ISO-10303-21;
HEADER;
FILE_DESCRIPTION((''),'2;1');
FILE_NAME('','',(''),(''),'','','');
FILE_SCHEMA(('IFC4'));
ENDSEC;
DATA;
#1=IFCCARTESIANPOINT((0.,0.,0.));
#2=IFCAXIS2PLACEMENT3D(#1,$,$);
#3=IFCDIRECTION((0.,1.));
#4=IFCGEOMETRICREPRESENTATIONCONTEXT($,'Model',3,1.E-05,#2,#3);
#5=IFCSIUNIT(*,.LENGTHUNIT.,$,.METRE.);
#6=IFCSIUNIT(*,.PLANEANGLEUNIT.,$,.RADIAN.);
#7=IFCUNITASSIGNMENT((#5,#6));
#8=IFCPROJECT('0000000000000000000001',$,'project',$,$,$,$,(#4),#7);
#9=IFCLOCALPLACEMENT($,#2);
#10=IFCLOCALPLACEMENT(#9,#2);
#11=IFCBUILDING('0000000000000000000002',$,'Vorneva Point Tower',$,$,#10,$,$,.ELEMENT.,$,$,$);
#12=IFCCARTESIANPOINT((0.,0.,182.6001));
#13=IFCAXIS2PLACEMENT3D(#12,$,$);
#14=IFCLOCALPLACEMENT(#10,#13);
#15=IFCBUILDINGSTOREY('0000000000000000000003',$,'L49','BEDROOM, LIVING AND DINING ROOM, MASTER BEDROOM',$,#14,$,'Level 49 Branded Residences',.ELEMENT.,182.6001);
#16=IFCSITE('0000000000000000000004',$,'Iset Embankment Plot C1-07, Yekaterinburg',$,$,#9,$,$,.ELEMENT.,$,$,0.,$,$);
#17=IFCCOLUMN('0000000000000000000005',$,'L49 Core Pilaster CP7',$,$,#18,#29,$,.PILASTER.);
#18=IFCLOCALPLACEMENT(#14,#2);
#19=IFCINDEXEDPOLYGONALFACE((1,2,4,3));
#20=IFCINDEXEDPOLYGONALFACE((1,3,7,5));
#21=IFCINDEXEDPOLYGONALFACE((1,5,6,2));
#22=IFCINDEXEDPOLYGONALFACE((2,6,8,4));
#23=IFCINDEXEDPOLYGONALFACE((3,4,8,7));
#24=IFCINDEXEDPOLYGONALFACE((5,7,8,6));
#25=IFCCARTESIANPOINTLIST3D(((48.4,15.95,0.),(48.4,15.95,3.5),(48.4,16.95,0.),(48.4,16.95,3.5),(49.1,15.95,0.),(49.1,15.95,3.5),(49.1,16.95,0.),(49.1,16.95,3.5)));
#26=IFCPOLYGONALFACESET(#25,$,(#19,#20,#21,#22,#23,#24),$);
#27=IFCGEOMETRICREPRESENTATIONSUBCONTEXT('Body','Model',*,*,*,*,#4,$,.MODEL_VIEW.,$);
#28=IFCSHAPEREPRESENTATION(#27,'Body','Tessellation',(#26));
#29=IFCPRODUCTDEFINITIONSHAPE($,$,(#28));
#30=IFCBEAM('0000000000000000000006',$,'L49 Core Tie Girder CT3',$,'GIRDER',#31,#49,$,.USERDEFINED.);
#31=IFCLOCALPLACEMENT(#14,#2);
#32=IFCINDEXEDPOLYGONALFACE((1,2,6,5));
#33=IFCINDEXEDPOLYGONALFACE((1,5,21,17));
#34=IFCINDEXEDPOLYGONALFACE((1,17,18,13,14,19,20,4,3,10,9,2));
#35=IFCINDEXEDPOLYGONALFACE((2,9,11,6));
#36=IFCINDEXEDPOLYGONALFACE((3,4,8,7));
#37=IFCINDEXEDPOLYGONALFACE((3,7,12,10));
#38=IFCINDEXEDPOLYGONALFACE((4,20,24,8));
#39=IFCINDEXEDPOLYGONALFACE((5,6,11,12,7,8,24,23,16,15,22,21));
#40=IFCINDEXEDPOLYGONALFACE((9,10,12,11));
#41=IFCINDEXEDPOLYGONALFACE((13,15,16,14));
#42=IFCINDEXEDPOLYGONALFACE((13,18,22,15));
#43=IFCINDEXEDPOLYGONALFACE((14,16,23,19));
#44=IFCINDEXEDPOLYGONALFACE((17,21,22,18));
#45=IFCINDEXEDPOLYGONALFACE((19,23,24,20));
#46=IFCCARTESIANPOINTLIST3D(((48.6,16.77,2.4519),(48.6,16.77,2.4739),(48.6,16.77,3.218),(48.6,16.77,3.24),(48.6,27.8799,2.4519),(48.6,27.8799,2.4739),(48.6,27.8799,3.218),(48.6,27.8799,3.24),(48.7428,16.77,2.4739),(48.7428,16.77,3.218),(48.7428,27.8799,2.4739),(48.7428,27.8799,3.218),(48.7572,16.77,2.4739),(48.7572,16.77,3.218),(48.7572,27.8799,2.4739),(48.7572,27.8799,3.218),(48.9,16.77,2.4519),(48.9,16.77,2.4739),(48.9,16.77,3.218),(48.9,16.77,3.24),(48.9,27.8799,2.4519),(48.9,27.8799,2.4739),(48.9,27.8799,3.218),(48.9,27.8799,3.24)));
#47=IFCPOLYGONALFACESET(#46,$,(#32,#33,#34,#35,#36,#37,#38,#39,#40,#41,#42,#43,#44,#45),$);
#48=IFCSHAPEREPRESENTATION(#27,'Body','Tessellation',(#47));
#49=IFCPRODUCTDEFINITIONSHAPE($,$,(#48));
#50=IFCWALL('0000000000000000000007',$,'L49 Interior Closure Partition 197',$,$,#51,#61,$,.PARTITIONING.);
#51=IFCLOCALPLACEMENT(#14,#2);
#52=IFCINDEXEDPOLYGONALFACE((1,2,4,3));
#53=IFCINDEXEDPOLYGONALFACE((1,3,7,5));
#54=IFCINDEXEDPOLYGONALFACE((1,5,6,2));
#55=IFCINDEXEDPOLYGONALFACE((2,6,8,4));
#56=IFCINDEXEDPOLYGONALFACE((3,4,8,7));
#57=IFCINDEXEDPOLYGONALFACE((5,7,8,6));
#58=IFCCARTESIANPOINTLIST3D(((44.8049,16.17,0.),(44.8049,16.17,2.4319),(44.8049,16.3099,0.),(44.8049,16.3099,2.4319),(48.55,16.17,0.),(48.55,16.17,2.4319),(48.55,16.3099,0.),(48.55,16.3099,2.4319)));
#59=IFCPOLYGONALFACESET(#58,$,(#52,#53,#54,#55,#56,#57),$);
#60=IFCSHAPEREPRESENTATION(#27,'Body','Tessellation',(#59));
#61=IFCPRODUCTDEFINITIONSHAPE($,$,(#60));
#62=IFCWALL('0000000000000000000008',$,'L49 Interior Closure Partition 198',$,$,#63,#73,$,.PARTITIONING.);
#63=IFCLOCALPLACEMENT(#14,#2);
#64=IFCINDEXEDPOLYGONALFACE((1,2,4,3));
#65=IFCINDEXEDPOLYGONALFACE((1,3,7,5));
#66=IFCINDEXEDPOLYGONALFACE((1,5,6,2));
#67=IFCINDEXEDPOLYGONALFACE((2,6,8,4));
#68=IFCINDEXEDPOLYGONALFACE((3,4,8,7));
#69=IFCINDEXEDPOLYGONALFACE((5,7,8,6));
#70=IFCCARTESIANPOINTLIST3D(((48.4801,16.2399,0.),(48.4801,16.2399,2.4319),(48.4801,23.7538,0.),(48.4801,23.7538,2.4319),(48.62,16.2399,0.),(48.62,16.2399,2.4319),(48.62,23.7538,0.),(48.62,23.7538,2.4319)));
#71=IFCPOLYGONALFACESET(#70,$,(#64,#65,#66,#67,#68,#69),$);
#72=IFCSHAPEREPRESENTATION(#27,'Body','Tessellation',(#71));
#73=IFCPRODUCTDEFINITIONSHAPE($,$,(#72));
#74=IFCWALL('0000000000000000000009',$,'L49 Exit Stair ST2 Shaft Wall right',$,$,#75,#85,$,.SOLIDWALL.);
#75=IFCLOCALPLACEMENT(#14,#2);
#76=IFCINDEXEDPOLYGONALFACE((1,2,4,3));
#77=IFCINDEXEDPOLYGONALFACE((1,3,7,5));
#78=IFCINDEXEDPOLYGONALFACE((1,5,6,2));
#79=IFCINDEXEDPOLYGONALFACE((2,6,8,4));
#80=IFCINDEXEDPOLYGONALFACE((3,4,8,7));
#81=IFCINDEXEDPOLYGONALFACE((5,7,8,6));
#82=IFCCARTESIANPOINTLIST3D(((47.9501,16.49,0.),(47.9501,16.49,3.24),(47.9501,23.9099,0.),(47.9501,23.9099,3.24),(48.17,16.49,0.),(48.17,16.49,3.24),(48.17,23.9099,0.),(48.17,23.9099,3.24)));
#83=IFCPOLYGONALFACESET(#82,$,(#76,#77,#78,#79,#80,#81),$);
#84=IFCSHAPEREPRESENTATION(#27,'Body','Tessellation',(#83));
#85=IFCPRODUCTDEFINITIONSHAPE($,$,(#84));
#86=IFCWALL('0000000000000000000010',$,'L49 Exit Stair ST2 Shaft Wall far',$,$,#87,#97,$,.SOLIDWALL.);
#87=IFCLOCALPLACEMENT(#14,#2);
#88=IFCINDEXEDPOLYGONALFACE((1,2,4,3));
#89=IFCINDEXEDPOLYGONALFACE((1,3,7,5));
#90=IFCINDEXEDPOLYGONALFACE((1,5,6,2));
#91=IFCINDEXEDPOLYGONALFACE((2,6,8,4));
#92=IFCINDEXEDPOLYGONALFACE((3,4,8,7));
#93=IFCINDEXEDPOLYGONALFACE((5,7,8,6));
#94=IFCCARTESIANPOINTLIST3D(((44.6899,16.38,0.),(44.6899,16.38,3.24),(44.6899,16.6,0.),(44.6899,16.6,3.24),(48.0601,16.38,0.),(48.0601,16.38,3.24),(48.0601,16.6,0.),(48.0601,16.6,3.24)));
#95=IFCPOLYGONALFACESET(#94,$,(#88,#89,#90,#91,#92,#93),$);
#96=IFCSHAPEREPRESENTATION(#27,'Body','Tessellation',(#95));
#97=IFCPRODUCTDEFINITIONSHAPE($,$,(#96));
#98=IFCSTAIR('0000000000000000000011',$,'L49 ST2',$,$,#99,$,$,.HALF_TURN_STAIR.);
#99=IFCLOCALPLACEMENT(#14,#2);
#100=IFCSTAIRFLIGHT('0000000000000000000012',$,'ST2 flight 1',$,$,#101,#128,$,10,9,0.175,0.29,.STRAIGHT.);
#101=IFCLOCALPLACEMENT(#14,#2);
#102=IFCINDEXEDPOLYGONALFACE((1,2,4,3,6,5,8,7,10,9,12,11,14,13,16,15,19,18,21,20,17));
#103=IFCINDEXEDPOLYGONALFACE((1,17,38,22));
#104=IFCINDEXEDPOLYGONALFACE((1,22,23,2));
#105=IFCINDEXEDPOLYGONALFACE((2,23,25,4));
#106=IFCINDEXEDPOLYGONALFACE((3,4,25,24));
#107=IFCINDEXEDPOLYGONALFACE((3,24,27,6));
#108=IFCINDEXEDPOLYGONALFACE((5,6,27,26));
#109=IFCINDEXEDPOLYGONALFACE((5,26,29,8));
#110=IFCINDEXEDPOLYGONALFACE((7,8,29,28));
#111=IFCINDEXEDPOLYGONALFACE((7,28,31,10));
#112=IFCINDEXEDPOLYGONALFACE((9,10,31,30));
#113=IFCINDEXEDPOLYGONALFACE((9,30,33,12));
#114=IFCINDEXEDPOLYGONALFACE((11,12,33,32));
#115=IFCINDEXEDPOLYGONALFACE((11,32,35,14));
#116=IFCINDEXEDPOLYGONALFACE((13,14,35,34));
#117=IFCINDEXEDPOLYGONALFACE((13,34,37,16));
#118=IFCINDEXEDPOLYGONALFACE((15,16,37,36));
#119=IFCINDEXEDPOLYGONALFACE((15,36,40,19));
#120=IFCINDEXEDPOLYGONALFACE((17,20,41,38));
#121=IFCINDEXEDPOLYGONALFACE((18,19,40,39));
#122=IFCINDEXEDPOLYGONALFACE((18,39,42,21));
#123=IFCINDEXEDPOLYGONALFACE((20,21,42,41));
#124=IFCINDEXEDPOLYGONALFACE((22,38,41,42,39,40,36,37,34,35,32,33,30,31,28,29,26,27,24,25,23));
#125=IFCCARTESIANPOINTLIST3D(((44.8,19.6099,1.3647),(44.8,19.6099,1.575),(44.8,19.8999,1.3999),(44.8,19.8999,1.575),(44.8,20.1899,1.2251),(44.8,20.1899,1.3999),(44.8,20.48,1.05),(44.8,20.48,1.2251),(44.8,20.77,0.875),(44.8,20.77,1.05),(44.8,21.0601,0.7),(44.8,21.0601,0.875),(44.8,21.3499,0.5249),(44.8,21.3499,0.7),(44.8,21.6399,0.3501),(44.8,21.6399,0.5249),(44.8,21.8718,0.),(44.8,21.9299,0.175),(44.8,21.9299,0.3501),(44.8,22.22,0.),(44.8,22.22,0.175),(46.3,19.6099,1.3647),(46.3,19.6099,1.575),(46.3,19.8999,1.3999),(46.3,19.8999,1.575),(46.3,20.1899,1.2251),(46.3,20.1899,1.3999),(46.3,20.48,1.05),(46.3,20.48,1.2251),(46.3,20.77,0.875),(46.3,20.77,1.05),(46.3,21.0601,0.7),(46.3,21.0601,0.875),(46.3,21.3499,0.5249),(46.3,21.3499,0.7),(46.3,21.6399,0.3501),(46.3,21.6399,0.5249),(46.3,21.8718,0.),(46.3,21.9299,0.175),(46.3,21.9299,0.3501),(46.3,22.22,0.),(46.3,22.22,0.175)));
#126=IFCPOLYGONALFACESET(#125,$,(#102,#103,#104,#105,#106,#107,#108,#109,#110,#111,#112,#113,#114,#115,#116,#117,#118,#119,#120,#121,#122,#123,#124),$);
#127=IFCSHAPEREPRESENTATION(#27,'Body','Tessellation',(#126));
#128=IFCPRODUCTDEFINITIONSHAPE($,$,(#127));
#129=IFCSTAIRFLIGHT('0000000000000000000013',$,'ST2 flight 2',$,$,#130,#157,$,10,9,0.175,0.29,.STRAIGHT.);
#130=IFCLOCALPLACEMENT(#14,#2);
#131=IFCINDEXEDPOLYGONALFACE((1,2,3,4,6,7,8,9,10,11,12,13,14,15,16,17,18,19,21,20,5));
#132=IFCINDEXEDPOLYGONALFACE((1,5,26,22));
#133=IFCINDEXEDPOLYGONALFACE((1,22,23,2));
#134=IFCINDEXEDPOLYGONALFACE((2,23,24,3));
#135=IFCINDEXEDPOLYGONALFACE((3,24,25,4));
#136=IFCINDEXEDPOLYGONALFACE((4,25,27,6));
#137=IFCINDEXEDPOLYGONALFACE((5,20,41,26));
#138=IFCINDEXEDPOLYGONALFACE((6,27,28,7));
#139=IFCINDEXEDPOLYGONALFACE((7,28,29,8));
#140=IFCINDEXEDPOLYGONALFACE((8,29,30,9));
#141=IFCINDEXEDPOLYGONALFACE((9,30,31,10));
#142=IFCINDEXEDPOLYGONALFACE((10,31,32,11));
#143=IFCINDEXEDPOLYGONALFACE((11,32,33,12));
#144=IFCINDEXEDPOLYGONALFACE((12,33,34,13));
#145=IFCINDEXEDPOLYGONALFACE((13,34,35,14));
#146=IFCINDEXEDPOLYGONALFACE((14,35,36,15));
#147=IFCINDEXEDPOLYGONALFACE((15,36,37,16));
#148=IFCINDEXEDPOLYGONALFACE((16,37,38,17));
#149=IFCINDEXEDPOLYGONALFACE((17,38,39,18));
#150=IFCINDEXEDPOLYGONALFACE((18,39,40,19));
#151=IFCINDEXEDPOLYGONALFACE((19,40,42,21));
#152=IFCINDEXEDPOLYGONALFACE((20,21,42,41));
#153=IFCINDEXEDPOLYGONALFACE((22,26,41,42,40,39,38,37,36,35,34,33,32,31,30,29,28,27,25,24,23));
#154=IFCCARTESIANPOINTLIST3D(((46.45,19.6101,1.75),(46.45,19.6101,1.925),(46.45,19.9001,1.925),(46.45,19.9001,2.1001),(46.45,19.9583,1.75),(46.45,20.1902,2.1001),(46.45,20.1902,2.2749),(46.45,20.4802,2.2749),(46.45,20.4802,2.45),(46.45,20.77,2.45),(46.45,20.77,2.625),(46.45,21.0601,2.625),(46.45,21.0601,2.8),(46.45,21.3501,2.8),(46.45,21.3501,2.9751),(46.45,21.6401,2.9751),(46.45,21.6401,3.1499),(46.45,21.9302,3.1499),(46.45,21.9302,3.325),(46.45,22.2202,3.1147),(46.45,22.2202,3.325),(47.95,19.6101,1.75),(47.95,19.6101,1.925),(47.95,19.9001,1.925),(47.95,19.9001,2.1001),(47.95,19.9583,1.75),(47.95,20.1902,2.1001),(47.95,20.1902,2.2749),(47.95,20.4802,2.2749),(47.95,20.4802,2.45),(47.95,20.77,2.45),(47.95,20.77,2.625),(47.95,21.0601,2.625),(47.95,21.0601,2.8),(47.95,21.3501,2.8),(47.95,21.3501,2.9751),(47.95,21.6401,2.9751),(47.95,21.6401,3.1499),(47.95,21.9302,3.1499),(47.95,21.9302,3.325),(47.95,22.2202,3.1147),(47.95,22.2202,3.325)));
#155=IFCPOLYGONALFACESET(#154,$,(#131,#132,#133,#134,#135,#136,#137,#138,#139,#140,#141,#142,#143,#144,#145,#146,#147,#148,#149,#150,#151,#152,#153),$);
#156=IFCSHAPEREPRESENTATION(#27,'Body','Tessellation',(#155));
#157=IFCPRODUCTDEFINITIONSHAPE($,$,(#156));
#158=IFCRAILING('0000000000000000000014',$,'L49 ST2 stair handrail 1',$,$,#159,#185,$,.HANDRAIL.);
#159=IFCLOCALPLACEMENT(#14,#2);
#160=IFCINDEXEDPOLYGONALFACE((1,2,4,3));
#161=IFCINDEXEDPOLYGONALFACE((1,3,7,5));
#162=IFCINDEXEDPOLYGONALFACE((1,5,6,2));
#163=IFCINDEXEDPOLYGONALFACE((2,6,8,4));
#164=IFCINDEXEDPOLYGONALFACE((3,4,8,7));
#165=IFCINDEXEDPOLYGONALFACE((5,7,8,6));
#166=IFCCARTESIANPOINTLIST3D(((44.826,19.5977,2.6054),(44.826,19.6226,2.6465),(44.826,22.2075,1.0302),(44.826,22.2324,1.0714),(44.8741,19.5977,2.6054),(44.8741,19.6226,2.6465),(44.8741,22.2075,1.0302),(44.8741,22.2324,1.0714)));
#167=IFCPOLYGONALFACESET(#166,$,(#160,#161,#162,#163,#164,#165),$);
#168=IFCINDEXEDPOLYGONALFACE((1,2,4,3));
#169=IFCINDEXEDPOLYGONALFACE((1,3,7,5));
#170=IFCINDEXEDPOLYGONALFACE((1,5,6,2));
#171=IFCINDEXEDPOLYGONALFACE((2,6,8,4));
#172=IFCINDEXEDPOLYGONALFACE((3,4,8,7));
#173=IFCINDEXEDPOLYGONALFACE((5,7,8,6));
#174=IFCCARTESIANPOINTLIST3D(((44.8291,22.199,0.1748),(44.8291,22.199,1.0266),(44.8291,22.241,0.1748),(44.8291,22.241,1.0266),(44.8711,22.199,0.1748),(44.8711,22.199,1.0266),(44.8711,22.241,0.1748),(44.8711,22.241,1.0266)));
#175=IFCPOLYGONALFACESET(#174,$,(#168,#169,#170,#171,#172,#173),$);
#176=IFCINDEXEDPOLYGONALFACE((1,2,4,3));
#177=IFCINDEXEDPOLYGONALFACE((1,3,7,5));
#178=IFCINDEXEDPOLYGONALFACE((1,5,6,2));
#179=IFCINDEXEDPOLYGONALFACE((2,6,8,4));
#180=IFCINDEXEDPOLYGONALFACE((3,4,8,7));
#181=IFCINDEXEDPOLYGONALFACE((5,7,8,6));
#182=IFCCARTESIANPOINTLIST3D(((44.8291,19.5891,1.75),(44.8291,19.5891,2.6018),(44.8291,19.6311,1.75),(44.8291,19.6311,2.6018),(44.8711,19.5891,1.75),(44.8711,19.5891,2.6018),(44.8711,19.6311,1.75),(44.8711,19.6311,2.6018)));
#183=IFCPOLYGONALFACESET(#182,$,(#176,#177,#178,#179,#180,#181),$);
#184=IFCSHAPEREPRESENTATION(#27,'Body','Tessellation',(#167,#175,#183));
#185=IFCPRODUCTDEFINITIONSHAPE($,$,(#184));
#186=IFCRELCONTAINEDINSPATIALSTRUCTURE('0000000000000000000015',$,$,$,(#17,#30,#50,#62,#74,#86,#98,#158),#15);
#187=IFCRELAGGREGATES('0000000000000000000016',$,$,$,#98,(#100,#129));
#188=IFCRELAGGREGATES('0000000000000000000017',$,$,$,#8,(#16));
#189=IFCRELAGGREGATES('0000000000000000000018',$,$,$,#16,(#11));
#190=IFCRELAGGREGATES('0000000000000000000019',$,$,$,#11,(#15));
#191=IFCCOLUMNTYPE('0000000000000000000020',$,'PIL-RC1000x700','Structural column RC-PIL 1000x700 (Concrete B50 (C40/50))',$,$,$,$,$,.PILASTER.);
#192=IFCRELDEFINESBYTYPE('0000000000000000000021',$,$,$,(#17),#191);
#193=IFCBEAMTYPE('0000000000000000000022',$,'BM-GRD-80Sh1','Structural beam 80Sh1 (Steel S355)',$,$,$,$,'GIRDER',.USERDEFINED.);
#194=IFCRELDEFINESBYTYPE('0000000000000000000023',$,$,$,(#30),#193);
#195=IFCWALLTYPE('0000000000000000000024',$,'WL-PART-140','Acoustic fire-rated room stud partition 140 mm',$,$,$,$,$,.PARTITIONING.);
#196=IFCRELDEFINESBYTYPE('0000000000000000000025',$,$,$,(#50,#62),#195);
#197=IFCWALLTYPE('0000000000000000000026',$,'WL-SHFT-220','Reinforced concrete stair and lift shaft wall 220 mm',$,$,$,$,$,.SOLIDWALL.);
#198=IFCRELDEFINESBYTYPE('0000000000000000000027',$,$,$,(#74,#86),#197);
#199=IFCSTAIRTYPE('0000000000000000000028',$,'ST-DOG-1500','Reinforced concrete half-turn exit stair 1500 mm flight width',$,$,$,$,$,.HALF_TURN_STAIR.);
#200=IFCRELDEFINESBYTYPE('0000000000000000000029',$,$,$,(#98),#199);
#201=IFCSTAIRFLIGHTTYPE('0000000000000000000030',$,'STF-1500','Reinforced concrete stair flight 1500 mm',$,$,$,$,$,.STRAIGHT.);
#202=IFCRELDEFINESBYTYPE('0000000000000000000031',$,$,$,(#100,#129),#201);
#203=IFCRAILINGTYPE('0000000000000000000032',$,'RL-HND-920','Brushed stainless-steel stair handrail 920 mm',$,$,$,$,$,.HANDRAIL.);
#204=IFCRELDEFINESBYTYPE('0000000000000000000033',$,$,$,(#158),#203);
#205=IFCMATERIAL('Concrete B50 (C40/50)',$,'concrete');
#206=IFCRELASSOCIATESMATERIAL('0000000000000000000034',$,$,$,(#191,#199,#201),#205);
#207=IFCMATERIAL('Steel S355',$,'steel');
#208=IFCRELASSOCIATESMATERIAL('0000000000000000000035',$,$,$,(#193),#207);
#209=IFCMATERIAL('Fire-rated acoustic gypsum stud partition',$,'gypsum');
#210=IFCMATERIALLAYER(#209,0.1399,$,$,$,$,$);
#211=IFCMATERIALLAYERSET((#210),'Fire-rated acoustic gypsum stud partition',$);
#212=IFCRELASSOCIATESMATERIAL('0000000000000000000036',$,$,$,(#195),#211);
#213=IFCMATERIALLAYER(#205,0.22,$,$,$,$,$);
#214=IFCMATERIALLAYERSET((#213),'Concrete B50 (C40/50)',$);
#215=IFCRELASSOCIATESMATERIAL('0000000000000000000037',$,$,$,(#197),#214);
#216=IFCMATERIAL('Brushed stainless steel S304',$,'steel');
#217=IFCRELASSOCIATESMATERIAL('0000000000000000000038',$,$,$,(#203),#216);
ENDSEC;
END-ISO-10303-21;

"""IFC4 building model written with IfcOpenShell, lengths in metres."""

from ifc_helpers import new_model, si_unit, direction, frame, frame_2d, origin, origin_2d, place, context, subcontext, project, spatial, polyline, rectangle, i_section, outline, extrude, material, layer, layer_set, material_profile, profile_set, type_object, element, aggregate, save


model = new_model("IFC4")

# Units and contexts
model_context = context("Model", 3, precision=1e-05, world=origin(), true_north=direction((0.0, 1.0)))
body_context = subcontext(model_context, "Body", "Model", "MODEL_VIEW")
ifc_project = project(units=[si_unit("LENGTHUNIT", "METRE"), si_unit("PLANEANGLEUNIT", "RADIAN")], contexts=[model_context])

# Site, building, storey
site_placement = place(None, origin())
site = spatial("IfcSite", under=ifc_project, at=site_placement, Name="Iset Embankment Plot C1-07, Yekaterinburg", CompositionType="ELEMENT", RefElevation=0.0)
building_placement = place(site_placement, origin())
building = spatial("IfcBuilding", under=site, at=building_placement, Name="Vorneva Point Tower", CompositionType="ELEMENT")
storey_placement = place(building_placement, frame((0.0, 0.0, 182.6001)))
storey = spatial("IfcBuildingStorey", under=building, at=storey_placement, Name="L49", Description="BEDROOM, LIVING AND DINING ROOM, MASTER BEDROOM", LongName="Level 49 Branded Residences", CompositionType="ELEMENT", Elevation=182.6001)

# Column
ifc_material_1 = material(Name="Concrete B50 (C40/50)", Category="concrete")
ifc_material_profile_1 = material_profile(ifc_material_1, rectangle(XDim=0.7, YDim=1.0, at=origin_2d()), Name="RC-PIL 1000x700")
ifc_profile_set_1 = profile_set([ifc_material_profile_1], Name="Concrete B50 (C40/50)")
column_type = type_object("IfcColumnType", Name="PIL-RC1000x700", Description="Structural column RC-PIL 1000x700 (Concrete B50 (C40/50))", PredefinedType="PILASTER", material=ifc_profile_set_1)
column_placement = place(storey_placement, frame((48.75, 16.45, 0.0), z_axis=(0.0, 0.0, 1.0), x_axis=(1.0, 0.0, 0.0)))
element("IfcColumn", 1, at=column_placement, inside=storey, type_object=column_type, Name="L49 Core Pilaster CP7", PredefinedType="PILASTER", context=body_context, shape_type="SweptSolid", body=[
    extrude(rectangle(XDim=0.7, YDim=1.0, at=origin_2d()), origin(), (0.0, 0.0, 1.0), 3.5),
])

# Beam
ifc_material_2 = material(Name="Steel S355", Category="steel")
ifc_material_profile_2 = material_profile(ifc_material_2, i_section(OverallWidth=0.3, OverallDepth=0.7881, WebThickness=0.0144, FlangeThickness=0.022, at=origin_2d()), Name="80Sh1")
ifc_profile_set_2 = profile_set([ifc_material_profile_2], Name="Steel S355")
beam_type = type_object("IfcBeamType", Name="BM-GRD-80Sh1", Description="Structural beam 80Sh1 (Steel S355)", ElementType="GIRDER", PredefinedType="USERDEFINED", material=ifc_profile_set_2)
beam_placement = place(storey_placement, frame((48.75, 16.77, 2.8459), z_axis=(0.0, 1.0, 0.0), x_axis=(-1.0, 0.0, 0.0)))
element("IfcBeam", 2, at=beam_placement, inside=storey, type_object=beam_type, Name="L49 Core Tie Girder CT3", ObjectType="GIRDER", PredefinedType="USERDEFINED", context=body_context, shape_type="SweptSolid", body=[
    extrude(i_section(OverallWidth=0.3, OverallDepth=0.7881, WebThickness=0.0144, FlangeThickness=0.022, at=origin_2d()), origin(), (0.0, 0.0, 1.0), 11.1099),
])

# Walls
ifc_material_3 = material(Name="Fire-rated acoustic gypsum stud partition", Category="gypsum")
ifc_layer_1 = layer(ifc_material_3, 0.1399)
ifc_layer_set_1 = layer_set([ifc_layer_1], Name="Fire-rated acoustic gypsum stud partition")
wall_type_1 = type_object("IfcWallType", Name="WL-PART-140", Description="Acoustic fire-rated room stud partition 140 mm", PredefinedType="PARTITIONING", material=ifc_layer_set_1)
wall_1_placement = place(storey_placement, frame((44.8049, 16.24, 0.0), z_axis=(0.0, 0.0, 1.0), x_axis=(1.0, 0.0, 0.0)))
element("IfcWall", 3, at=wall_1_placement, inside=storey, type_object=wall_type_1, Name="L49 Interior Closure Partition 197", PredefinedType="PARTITIONING", context=body_context, shape_type="SweptSolid", body=[
    extrude(rectangle(XDim=3.7451, YDim=0.1399, at=frame_2d((1.8726, 0.0))), origin(), (0.0, 0.0, 1.0), 2.4319),
])
wall_2_placement = place(storey_placement, frame((48.55, 16.24, 0.0), z_axis=(0.0, 0.0, 1.0), x_axis=(0.0, 1.0, 0.0)))
element("IfcWall", 4, at=wall_2_placement, inside=storey, type_object=wall_type_1, Name="L49 Interior Closure Partition 198", PredefinedType="PARTITIONING", context=body_context, shape_type="SweptSolid", body=[
    extrude(rectangle(XDim=7.5139, YDim=0.1399, at=frame_2d((3.7568, 0.0))), origin(), (0.0, 0.0, 1.0), 2.4319),
])

# Walls
ifc_layer_2 = layer(ifc_material_1, 0.22)
ifc_layer_set_2 = layer_set([ifc_layer_2], Name="Concrete B50 (C40/50)")
wall_type_2 = type_object("IfcWallType", Name="WL-SHFT-220", Description="Reinforced concrete stair and lift shaft wall 220 mm", PredefinedType="SOLIDWALL", material=ifc_layer_set_2)
wall_3_placement = place(storey_placement, frame((48.0601, 23.9099, 0.0), z_axis=(0.0, 0.0, 1.0), x_axis=(0.0, -1.0, 0.0)))
element("IfcWall", 5, at=wall_3_placement, inside=storey, type_object=wall_type_2, Name="L49 Exit Stair ST2 Shaft Wall right", PredefinedType="SOLIDWALL", context=body_context, shape_type="SweptSolid", body=[
    extrude(rectangle(XDim=7.4199, YDim=0.22, at=frame_2d((3.71, 0.0))), origin(), (0.0, 0.0, 1.0), 3.24),
])
wall_4_placement = place(storey_placement, frame((48.0601, 16.49, 0.0), z_axis=(0.0, 0.0, 1.0), x_axis=(-1.0, 0.0, 0.0)))
element("IfcWall", 6, at=wall_4_placement, inside=storey, type_object=wall_type_2, Name="L49 Exit Stair ST2 Shaft Wall far", PredefinedType="SOLIDWALL", context=body_context, shape_type="SweptSolid", body=[
    extrude(rectangle(XDim=3.3701, YDim=0.22, at=frame_2d((1.6851, 0.0))), origin(), (0.0, 0.0, 1.0), 3.24),
])

# Stair, stair flights
stair_type = type_object("IfcStairType", Name="ST-DOG-1500", Description="Reinforced concrete half-turn exit stair 1500 mm flight width", PredefinedType="HALF_TURN_STAIR", material=ifc_material_1)
stair_placement = place(storey_placement, origin())
stair = element("IfcStair", 7, at=stair_placement, inside=storey, type_object=stair_type, Name="L49 ST2", PredefinedType="HALF_TURN_STAIR")
stair_flight_type = type_object("IfcStairFlightType", Name="STF-1500", Description="Reinforced concrete stair flight 1500 mm", PredefinedType="STRAIGHT", material=ifc_material_1)
stair_flight_1_placement = place(storey_placement, frame((45.55, 22.22, 0.0), z_axis=(0.0, 0.0, 1.0), x_axis=(0.0, -1.0, 0.0)))
stair_flight_1 = element("IfcStairFlight", 8, at=stair_flight_1_placement, type_object=stair_flight_type, Name="ST2 flight 1", NumberOfRisers=10, NumberOfTreads=9, PredefinedType="STRAIGHT", RiserHeight=0.175, TreadLength=0.29, context=body_context, shape_type="SweptSolid", body=[
    extrude(outline(polyline([(0.0, 0.0), (0.0, 0.175), (0.29, 0.175), (0.29, 0.3501), (0.5801, 0.3501), (0.5801, 0.5249), (0.8701, 0.5249), (0.8701, 0.7), (1.1599, 0.7), (1.1599, 0.875), (1.45, 0.875), (1.45, 1.05), (1.74, 1.05), (1.74, 1.2251), (2.03, 1.2251), (2.03, 1.3999), (2.3201, 1.3999), (2.3201, 1.575), (2.6101, 1.575), (2.6101, 1.75), (2.6101, 1.3647), (0.3481, 0.0), (0.0, 0.0)])), frame((0.0, 0.75, 0.0), z_axis=(0.0, -1.0, 0.0), x_axis=(1.0, 0.0, 0.0)), (0.0, 0.0, 1.0), 1.5),
])
stair_flight_2_placement = place(storey_placement, frame((47.2, 19.6101, 1.75), z_axis=(0.0, 0.0, 1.0), x_axis=(0.0, 1.0, 0.0)))
stair_flight_2 = element("IfcStairFlight", 9, at=stair_flight_2_placement, type_object=stair_flight_type, Name="ST2 flight 2", NumberOfRisers=10, NumberOfTreads=9, PredefinedType="STRAIGHT", RiserHeight=0.175, TreadLength=0.29, context=body_context, shape_type="SweptSolid", body=[
    extrude(outline(polyline([(0.0, 0.0), (0.0, 0.175), (0.29, 0.175), (0.29, 0.3501), (0.5801, 0.3501), (0.5801, 0.5249), (0.8701, 0.5249), (0.8701, 0.7), (1.1599, 0.7), (1.1599, 0.875), (1.45, 0.875), (1.45, 1.05), (1.74, 1.05), (1.74, 1.2251), (2.03, 1.2251), (2.03, 1.3999), (2.3201, 1.3999), (2.3201, 1.575), (2.6101, 1.575), (2.6101, 1.75), (2.6101, 1.3647), (0.3481, 0.0), (0.0, 0.0)])), frame((0.0, 0.75, 0.0), z_axis=(0.0, -1.0, 0.0), x_axis=(1.0, 0.0, 0.0)), (0.0, 0.0, 1.0), 1.5),
])
aggregate(stair, [stair_flight_1, stair_flight_2])

# Railing
ifc_material_4 = material(Name="Brushed stainless steel S304", Category="steel")
railing_type_1 = type_object("IfcRailingType", Name="RL-HND-920", Description="Brushed stainless-steel stair handrail 920 mm", PredefinedType="HANDRAIL", material=ifc_material_4)
railing_1_placement = place(storey_placement, frame((44.8501, 22.22, 0.1748)))
element("IfcRailing", 10, at=railing_1_placement, inside=storey, type_object=railing_type_1, Name="L49 ST2 stair handrail 1", PredefinedType="HANDRAIL", context=body_context, shape_type="SweptSolid", body=[
    extrude(rectangle(XDim=0.0481, YDim=0.0481, at=origin_2d()), frame((0.0, 0.0, 0.876), z_axis=(0.0, -0.856147, 0.516732), x_axis=(1.0, 0.0, 0.0)), (0.0, 0.0, 1.0), 3.0483),
    extrude(rectangle(XDim=0.042, YDim=0.042, at=origin_2d()), origin(), (0.0, 0.0, 1.0), 0.8518),
    extrude(rectangle(XDim=0.042, YDim=0.042, at=origin_2d()), frame((0.0, -2.6099, 1.5752)), (0.0, 0.0, 1.0), 0.8518),
])

save(model, "model.ifc")
